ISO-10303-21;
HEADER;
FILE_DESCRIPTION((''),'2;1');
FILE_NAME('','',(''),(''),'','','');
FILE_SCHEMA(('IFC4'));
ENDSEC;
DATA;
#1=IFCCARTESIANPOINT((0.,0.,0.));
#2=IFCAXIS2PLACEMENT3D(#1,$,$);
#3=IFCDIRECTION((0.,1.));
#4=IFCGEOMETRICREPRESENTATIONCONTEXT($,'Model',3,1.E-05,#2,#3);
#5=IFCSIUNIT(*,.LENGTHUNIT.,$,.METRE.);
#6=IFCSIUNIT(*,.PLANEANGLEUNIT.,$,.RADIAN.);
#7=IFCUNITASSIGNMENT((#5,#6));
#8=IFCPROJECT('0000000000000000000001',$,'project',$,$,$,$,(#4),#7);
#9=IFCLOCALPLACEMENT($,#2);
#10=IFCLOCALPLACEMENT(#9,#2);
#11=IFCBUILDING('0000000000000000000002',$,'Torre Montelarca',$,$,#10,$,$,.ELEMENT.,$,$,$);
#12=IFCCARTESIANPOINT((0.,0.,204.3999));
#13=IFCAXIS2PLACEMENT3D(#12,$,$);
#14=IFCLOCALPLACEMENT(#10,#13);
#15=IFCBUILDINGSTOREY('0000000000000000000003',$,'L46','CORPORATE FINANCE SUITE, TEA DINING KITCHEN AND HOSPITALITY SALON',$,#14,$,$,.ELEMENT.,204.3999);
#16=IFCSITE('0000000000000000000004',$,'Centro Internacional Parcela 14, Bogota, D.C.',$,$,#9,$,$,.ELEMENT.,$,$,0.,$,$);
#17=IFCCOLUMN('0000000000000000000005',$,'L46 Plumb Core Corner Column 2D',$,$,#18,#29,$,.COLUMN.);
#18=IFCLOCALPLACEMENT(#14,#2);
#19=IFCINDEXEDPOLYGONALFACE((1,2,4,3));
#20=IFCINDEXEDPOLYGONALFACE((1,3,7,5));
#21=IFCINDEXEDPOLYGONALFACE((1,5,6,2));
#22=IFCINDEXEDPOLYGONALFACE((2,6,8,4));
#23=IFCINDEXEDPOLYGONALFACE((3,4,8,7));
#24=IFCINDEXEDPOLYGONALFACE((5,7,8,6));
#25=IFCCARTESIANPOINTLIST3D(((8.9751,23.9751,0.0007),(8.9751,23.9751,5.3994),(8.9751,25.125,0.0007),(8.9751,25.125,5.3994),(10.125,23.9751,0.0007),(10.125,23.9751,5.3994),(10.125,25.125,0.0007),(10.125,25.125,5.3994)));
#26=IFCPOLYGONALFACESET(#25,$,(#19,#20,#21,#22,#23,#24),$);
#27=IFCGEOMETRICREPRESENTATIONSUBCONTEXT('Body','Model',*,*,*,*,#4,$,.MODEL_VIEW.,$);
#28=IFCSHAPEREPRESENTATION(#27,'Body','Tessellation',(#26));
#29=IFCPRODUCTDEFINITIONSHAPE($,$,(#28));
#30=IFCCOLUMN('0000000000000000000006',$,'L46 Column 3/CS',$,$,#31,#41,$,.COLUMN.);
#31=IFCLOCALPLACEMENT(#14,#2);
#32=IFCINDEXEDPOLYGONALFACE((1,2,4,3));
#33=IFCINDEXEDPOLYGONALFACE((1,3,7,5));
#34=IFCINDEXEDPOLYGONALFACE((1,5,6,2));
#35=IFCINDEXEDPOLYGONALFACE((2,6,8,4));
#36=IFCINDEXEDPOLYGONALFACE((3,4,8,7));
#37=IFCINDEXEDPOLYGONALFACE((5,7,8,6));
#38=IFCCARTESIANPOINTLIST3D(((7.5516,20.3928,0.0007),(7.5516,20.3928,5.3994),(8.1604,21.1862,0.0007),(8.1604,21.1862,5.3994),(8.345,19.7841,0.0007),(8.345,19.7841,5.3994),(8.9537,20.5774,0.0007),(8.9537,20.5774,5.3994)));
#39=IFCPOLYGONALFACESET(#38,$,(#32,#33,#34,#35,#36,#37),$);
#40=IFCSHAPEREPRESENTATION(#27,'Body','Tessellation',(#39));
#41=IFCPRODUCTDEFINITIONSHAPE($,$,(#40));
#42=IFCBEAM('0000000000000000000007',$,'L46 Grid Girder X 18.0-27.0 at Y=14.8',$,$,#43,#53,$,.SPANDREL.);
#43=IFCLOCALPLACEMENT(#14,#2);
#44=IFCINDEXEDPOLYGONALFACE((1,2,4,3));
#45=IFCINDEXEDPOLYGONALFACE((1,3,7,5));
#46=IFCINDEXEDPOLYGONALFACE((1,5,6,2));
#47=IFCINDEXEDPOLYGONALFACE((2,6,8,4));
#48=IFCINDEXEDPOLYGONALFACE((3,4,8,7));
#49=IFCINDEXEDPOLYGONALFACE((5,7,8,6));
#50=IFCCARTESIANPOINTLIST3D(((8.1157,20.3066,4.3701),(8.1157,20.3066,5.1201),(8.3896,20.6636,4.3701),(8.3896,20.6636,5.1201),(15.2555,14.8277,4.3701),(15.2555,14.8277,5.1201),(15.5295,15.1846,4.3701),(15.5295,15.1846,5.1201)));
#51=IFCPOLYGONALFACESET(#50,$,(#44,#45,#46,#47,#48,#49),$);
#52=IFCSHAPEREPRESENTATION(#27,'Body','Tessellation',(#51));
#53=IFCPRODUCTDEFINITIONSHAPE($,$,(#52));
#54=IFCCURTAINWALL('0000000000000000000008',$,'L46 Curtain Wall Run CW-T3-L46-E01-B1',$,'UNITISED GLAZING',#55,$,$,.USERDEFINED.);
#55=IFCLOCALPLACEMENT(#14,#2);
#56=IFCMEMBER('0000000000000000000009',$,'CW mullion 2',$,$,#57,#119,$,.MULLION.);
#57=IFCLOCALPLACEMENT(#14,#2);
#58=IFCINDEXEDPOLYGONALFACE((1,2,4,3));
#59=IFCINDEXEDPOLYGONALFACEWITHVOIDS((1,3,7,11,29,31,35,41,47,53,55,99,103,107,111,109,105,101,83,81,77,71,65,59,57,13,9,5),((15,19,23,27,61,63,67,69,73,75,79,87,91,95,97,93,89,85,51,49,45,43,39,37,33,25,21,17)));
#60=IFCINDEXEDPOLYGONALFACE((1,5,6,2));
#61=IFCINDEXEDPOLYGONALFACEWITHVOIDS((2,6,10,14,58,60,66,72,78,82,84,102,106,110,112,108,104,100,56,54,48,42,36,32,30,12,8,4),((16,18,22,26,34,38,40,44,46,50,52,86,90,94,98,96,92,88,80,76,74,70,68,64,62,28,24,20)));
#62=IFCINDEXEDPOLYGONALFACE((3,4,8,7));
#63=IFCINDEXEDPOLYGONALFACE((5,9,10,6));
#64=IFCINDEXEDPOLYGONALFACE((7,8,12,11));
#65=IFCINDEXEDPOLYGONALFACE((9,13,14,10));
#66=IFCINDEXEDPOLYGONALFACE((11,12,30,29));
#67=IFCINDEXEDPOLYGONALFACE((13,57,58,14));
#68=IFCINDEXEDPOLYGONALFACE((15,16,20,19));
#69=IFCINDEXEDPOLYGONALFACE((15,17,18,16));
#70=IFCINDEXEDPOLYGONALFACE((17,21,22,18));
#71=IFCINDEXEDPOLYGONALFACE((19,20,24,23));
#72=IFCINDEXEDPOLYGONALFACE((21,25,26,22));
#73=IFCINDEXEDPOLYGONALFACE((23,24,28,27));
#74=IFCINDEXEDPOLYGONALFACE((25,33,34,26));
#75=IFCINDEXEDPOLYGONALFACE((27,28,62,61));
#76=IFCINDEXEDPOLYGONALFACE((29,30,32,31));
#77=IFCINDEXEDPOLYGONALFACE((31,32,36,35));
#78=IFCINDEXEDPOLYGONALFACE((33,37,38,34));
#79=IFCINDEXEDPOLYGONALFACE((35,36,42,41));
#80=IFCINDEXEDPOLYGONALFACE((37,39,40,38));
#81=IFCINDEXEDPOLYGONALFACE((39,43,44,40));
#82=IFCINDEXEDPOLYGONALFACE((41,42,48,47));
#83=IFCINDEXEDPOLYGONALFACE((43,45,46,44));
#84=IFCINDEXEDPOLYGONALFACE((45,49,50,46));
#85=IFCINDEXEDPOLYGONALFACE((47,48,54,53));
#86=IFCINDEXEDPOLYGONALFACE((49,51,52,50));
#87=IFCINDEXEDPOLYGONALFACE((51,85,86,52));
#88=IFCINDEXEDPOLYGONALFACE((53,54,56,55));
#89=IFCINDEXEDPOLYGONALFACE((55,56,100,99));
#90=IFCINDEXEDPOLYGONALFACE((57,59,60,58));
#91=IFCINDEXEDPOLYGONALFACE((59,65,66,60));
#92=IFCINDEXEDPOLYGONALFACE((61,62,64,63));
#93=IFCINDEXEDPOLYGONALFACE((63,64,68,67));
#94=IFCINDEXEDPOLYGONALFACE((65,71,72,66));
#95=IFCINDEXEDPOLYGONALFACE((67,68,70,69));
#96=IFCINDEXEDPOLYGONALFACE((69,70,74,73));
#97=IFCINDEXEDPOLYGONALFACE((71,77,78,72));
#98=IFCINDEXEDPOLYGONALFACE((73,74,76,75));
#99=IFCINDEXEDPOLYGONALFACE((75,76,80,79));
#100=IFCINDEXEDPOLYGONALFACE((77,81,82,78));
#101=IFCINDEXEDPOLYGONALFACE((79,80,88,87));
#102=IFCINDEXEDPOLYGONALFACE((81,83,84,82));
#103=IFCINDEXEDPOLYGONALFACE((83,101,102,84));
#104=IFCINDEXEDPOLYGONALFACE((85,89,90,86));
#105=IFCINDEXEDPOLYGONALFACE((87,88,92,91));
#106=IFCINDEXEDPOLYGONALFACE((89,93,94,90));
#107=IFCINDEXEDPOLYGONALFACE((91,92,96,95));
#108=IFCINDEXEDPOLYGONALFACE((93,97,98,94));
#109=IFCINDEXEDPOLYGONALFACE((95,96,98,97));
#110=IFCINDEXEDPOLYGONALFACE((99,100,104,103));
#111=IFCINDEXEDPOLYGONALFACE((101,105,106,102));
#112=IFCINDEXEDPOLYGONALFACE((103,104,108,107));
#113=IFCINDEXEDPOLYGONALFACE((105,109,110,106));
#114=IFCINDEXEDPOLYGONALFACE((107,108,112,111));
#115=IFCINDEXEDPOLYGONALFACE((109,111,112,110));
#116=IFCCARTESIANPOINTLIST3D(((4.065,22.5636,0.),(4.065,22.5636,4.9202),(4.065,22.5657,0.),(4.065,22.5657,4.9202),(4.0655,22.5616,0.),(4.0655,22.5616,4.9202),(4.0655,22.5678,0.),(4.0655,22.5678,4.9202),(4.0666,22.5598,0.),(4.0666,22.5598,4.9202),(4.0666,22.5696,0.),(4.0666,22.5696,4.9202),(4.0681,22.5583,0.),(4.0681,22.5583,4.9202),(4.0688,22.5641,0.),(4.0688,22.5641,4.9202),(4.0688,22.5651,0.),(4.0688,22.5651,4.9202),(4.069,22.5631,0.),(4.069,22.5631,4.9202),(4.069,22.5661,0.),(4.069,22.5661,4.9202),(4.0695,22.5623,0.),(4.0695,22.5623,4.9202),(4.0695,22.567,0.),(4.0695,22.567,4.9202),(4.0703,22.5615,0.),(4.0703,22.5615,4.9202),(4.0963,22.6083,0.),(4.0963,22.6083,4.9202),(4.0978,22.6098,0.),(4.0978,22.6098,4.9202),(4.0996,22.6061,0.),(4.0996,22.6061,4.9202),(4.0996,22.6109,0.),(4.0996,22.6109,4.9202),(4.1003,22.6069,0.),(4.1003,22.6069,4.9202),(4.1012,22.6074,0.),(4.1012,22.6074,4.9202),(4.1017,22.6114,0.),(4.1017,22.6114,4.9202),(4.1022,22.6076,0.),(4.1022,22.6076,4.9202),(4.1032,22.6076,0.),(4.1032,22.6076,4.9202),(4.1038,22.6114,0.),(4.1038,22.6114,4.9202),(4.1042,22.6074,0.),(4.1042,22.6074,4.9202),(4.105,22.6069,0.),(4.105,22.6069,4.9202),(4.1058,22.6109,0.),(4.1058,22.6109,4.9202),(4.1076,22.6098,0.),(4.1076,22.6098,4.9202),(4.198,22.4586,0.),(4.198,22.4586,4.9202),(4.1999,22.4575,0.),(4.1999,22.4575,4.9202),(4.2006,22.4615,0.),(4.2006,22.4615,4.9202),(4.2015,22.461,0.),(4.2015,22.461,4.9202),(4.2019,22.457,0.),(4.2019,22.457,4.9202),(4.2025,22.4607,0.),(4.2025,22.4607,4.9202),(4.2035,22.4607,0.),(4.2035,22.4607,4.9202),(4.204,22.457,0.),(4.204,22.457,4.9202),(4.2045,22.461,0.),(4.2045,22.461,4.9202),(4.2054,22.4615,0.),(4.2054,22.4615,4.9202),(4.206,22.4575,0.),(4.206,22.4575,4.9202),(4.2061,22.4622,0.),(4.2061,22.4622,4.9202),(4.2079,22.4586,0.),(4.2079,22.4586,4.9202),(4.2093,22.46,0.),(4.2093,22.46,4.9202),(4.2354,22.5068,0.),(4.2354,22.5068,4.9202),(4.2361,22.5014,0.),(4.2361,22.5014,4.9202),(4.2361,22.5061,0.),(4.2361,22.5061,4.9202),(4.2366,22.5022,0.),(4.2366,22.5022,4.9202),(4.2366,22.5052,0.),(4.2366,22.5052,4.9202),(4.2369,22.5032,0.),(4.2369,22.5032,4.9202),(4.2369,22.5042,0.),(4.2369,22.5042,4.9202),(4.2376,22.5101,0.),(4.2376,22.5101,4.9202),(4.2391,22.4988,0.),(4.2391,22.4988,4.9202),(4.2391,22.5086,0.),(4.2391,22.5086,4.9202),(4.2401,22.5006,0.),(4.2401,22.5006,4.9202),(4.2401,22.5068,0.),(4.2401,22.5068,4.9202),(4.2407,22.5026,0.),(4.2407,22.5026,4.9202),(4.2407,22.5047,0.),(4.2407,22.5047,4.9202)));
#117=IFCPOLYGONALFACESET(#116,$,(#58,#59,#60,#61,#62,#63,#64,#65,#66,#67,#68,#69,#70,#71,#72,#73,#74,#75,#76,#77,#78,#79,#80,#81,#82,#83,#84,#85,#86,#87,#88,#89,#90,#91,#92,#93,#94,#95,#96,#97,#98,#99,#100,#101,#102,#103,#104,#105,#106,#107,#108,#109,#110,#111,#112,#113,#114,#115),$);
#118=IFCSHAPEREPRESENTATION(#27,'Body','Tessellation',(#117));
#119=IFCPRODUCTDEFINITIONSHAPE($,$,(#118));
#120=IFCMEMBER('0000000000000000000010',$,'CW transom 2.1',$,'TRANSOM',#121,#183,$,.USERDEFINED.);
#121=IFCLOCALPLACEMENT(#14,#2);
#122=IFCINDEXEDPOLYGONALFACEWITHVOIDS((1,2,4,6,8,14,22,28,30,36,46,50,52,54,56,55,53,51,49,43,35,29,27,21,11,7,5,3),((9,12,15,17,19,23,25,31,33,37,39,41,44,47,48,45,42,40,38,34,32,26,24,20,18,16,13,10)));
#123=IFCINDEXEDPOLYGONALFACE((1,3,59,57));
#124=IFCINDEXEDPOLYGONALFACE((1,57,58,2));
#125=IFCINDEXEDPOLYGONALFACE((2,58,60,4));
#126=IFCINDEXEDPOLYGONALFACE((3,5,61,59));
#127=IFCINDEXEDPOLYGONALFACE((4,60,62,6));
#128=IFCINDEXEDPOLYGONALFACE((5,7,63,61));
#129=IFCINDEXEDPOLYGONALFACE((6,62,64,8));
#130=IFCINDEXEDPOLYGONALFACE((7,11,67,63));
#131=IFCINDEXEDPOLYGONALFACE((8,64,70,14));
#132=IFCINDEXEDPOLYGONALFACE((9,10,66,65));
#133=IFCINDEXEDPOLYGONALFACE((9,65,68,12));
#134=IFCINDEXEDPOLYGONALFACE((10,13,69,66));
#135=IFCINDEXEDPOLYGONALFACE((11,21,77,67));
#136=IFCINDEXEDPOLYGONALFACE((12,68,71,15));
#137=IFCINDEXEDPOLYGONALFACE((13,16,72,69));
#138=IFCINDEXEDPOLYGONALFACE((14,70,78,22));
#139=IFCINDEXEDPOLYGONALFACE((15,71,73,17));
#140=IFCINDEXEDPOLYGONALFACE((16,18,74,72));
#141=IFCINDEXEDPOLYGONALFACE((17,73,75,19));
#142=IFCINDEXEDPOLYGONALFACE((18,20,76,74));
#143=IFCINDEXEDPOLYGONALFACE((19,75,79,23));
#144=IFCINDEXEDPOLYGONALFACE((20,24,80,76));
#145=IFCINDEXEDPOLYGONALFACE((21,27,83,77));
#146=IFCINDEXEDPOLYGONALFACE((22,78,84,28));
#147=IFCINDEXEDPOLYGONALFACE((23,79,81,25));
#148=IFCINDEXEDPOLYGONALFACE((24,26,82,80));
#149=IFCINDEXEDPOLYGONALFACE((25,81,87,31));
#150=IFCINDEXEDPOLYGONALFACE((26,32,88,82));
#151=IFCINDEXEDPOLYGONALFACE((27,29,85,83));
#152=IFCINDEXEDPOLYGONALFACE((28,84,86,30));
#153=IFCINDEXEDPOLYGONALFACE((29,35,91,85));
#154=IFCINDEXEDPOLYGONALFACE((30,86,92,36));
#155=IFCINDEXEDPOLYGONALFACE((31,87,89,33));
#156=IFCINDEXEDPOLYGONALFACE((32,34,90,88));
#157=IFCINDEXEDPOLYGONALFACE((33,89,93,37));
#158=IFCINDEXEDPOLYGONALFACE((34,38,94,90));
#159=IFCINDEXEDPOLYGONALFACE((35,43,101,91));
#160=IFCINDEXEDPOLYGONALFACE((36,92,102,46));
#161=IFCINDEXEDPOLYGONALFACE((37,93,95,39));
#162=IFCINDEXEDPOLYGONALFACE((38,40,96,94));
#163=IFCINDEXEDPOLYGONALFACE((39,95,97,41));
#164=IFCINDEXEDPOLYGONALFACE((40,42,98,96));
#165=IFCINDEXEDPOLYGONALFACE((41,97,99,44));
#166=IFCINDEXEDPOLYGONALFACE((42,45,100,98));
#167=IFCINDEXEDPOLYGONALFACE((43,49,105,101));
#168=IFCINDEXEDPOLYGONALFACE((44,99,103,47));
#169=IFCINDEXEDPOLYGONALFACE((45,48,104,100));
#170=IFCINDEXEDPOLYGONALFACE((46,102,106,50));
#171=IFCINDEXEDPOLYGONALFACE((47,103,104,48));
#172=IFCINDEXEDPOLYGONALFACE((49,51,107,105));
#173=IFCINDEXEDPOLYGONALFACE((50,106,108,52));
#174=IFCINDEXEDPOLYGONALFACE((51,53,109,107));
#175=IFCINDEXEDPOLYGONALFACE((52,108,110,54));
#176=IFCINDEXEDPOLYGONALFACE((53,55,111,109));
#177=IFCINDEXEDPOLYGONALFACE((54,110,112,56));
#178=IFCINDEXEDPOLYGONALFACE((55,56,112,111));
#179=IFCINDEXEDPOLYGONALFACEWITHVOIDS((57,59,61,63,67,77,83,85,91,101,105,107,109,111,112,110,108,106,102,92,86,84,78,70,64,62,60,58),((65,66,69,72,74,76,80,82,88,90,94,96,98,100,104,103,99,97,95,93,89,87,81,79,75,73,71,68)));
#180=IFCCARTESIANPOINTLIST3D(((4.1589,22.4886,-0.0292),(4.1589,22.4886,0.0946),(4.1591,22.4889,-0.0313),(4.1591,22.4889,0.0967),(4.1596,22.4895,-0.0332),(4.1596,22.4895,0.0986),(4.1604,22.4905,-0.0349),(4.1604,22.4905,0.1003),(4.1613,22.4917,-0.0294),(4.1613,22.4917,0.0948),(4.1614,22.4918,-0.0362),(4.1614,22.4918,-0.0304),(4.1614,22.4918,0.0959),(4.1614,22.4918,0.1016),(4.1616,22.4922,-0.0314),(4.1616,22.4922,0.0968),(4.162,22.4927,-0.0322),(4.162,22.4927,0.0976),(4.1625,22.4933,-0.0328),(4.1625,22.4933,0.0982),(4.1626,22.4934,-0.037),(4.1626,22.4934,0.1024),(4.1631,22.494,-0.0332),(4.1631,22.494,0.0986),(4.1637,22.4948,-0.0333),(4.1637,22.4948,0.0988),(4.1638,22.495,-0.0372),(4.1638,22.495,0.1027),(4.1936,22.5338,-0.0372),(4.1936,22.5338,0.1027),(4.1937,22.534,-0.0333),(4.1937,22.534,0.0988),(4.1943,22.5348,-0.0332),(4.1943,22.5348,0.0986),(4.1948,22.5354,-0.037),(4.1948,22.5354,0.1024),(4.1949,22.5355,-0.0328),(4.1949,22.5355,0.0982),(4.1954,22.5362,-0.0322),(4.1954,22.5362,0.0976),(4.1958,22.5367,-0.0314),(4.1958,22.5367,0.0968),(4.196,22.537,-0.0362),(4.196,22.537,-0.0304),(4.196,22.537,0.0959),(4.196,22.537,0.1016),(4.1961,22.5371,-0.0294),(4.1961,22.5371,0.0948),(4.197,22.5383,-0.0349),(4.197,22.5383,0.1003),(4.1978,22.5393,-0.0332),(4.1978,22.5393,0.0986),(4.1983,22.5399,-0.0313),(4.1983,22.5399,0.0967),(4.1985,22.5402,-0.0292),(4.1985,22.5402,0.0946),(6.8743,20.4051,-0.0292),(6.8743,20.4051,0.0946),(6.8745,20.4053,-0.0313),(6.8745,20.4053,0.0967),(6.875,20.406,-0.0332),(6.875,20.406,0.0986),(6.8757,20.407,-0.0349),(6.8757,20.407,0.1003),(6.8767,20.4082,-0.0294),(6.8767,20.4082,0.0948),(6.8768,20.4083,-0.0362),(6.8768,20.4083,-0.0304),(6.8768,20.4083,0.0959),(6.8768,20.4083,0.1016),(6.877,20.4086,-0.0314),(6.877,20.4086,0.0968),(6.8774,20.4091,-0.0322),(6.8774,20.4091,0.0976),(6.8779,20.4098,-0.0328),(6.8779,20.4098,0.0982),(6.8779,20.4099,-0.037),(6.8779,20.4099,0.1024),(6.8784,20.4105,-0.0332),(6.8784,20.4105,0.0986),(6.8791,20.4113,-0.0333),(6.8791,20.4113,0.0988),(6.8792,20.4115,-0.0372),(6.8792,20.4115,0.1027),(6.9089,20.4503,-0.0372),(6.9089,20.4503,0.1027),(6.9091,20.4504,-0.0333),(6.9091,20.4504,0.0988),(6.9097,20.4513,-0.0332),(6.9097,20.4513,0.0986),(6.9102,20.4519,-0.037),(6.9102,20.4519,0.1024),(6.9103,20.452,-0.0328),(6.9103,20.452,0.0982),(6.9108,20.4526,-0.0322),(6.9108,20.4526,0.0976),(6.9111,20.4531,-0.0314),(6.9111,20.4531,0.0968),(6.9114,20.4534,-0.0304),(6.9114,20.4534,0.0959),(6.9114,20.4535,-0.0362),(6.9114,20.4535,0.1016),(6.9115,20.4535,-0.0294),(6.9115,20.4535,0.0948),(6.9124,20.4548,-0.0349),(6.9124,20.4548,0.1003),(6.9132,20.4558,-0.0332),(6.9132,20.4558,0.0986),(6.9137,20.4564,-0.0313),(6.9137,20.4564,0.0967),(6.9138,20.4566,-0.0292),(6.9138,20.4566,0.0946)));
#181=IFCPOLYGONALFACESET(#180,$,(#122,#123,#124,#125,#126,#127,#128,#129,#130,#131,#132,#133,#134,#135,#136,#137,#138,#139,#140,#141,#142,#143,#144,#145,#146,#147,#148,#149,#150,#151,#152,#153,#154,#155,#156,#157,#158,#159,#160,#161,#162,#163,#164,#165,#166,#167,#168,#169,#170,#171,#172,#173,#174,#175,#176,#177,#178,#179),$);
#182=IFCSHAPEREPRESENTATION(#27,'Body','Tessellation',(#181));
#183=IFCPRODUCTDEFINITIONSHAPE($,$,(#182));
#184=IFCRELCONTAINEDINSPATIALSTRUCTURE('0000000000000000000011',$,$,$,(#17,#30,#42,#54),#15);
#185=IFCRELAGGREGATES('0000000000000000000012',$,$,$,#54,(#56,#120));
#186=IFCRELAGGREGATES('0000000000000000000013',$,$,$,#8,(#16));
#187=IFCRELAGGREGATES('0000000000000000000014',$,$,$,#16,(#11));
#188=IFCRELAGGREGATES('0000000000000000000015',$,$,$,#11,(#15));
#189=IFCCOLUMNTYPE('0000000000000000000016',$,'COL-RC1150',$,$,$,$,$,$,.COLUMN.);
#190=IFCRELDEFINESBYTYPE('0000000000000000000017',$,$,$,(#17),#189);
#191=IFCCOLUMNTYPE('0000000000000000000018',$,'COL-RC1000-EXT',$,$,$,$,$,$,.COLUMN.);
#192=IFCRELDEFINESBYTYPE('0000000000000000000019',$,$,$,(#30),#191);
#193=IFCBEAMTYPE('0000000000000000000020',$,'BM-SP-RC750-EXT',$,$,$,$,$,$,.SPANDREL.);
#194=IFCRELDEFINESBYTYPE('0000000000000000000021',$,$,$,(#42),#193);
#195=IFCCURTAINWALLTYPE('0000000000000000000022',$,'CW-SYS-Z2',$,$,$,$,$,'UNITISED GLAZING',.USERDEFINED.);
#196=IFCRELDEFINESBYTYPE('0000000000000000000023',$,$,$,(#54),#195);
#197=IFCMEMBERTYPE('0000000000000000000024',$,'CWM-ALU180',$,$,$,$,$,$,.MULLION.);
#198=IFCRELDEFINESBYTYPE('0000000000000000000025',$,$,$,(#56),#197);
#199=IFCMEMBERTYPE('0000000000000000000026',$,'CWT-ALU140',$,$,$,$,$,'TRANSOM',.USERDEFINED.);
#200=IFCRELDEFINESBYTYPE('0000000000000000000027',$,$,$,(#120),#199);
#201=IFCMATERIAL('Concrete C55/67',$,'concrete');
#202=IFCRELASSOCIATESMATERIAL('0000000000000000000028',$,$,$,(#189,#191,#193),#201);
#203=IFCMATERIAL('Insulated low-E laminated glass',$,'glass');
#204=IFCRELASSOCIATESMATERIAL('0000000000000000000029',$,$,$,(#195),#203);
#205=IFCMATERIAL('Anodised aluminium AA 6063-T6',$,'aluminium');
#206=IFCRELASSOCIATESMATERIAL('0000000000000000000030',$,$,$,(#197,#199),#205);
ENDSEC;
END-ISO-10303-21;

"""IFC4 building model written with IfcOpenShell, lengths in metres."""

from ifc_helpers import new_model, si_unit, direction, frame, origin, origin_2d, place, context, subcontext, project, spatial, rectangle, hollow_rectangle, extrude, source, transform, mapped, material, material_profile, profile_set, type_object, element, aggregate, save


model = new_model("IFC4")

# Units and contexts
model_context = context("Model", 3, precision=1e-05, world=origin(), true_north=direction((0.0, 1.0)))
body_context = subcontext(model_context, "Body", "Model", "MODEL_VIEW")
ifc_project = project(units=[si_unit("LENGTHUNIT", "METRE"), si_unit("PLANEANGLEUNIT", "RADIAN")], contexts=[model_context])

# Site, building, storey
site_placement = place(None, origin())
site = spatial("IfcSite", under=ifc_project, at=site_placement, Name="Centro Internacional Parcela 14, Bogota, D.C.", CompositionType="ELEMENT", RefElevation=0.0)
building_placement = place(site_placement, origin())
building = spatial("IfcBuilding", under=site, at=building_placement, Name="Torre Montelarca", CompositionType="ELEMENT")
storey_placement = place(building_placement, frame((0.0, 0.0, 204.3999)))
storey = spatial("IfcBuildingStorey", under=building, at=storey_placement, Name="L46", Description="CORPORATE FINANCE SUITE, TEA DINING KITCHEN AND HOSPITALITY SALON", CompositionType="ELEMENT", Elevation=204.3999)

# Columns
ifc_material_1 = material(Name="Concrete C55/67", Category="concrete")
ifc_material_profile_1 = material_profile(ifc_material_1, rectangle(XDim=1.1499, YDim=1.1499, at=origin_2d()), Name="RC1150X1150", Category="concrete")
ifc_profile_set_1 = profile_set([ifc_material_profile_1], Name="Concrete C55/67")
column_type_1 = type_object("IfcColumnType", Name="COL-RC1150", PredefinedType="COLUMN", material=ifc_profile_set_1)
shared_shape_1 = source(origin(), body_context, "Body", "SweptSolid", [
    extrude(rectangle(XDim=1.1499, YDim=1.1499, at=origin_2d()), origin(), (0.0, 0.0, 1.0), 5.3987),
])
column_1_placement = place(storey_placement, frame((9.55, 24.55, 0.0007), z_axis=(0.0, 0.0, 1.0), x_axis=(1.0, 0.0, 0.0)))
element("IfcColumn", 1, at=column_1_placement, inside=storey, type_object=column_type_1, Name="L46 Plumb Core Corner Column 2D", PredefinedType="COLUMN", context=body_context, shape_type="MappedRepresentation", body=[
    mapped(shared_shape_1, transform((0.0, 0.0, 0.0), scale=1.0)),
])
ifc_material_profile_2 = material_profile(ifc_material_1, rectangle(XDim=1.0, YDim=1.0, at=origin_2d()), Name="RC1000X1000", Category="concrete")
ifc_profile_set_2 = profile_set([ifc_material_profile_2], Name="Concrete C55/67")
column_type_2 = type_object("IfcColumnType", Name="COL-RC1000-EXT", PredefinedType="COLUMN", material=ifc_profile_set_2)
shared_shape_2 = source(origin(), body_context, "Body", "SweptSolid", [
    extrude(rectangle(XDim=1.0, YDim=1.0, at=origin_2d()), origin(), (0.0, 0.0, 1.0), 5.3987),
])
column_2_placement = place(storey_placement, frame((8.2527, 20.4851, 0.0007), z_axis=(0.0, 0.0, 1.0), x_axis=(-0.793353, 0.608761, 0.0)))
element("IfcColumn", 2, at=column_2_placement, inside=storey, type_object=column_type_2, Name="L46 Column 3/CS", PredefinedType="COLUMN", context=body_context, shape_type="MappedRepresentation", body=[
    mapped(shared_shape_2, transform((0.0, 0.0, 0.0), scale=1.0)),
])

# Beam
ifc_material_profile_3 = material_profile(ifc_material_1, rectangle(XDim=0.45, YDim=0.75, at=origin_2d()), Name="RCB450X750", Category="concrete")
ifc_profile_set_3 = profile_set([ifc_material_profile_3], Name="Concrete C55/67")
beam_type = type_object("IfcBeamType", Name="BM-SP-RC750-EXT", PredefinedType="SPANDREL", material=ifc_profile_set_3)
shared_shape_3 = source(origin(), body_context, "Body", "SweptSolid", [
    extrude(rectangle(XDim=0.45, YDim=0.75, at=origin_2d()), origin(), (0.0, 0.0, 1.0), 8.9998),
])
beam_placement = place(storey_placement, frame((8.2527, 20.4851, 4.7451), z_axis=(0.793333, -0.608787, 0.0), x_axis=(0.608787, 0.793333, 0.0)))
element("IfcBeam", 3, at=beam_placement, inside=storey, type_object=beam_type, Name="L46 Grid Girder X 18.0-27.0 at Y=14.8", PredefinedType="SPANDREL", context=body_context, shape_type="MappedRepresentation", body=[
    mapped(shared_shape_3, transform((0.0, 0.0, 0.0), scale=1.0)),
])

# Curtain wall, members
ifc_material_2 = material(Name="Insulated low-E laminated glass", Category="glass")
curtain_wall_type = type_object("IfcCurtainWallType", Name="CW-SYS-Z2", ElementType="UNITISED GLAZING", PredefinedType="USERDEFINED", material=ifc_material_2)
curtain_wall_placement = place(storey_placement, origin())
curtain_wall = element("IfcCurtainWall", 4, at=curtain_wall_placement, inside=storey, type_object=curtain_wall_type, Name="L46 Curtain Wall Run CW-T3-L46-E01-B1", ObjectType="UNITISED GLAZING", PredefinedType="USERDEFINED")
ifc_material_3 = material(Name="Anodised aluminium AA 6063-T6", Category="aluminium")
ifc_material_profile_4 = material_profile(ifc_material_3, hollow_rectangle(XDim=0.0649, YDim=0.1799, WallThickness=0.0039, InnerFilletRadius=0.0039, OuterFilletRadius=0.0081, at=origin_2d()), Name="ALU65X180X4", Category="aluminium")
ifc_profile_set_4 = profile_set([ifc_material_profile_4], Name="Anodised aluminium AA 6063-T6")
member_type_1 = type_object("IfcMemberType", Name="CWM-ALU180", PredefinedType="MULLION", material=ifc_profile_set_4)
shared_shape_4 = source(origin(), body_context, "Body", "SweptSolid", [
    extrude(hollow_rectangle(XDim=0.0649, YDim=0.1799, WallThickness=0.0039, InnerFilletRadius=0.0039, OuterFilletRadius=0.0081, at=origin_2d()), origin(), (0.0, 0.0, 1.0), 4.9202),
])
member_1_placement = place(storey_placement, frame((4.1528, 22.5342, 0.0), z_axis=(0.0, 0.0, 1.0), x_axis=(0.608764, 0.793352, 0.0)))
member_1 = element("IfcMember", 5, at=member_1_placement, type_object=member_type_1, Name="CW mullion 2", PredefinedType="MULLION", context=body_context, shape_type="MappedRepresentation", body=[
    mapped(shared_shape_4, transform((0.0, 0.0, 0.0), scale=1.0)),
])
ifc_material_profile_5 = material_profile(ifc_material_3, hollow_rectangle(XDim=0.0649, YDim=0.1399, WallThickness=0.0039, InnerFilletRadius=0.0039, OuterFilletRadius=0.0081, at=origin_2d()), Name="ALU65X140X4", Category="aluminium")
ifc_profile_set_5 = profile_set([ifc_material_profile_5], Name="Anodised aluminium AA 6063-T6")
member_type_2 = type_object("IfcMemberType", Name="CWT-ALU140", ElementType="TRANSOM", PredefinedType="USERDEFINED", material=ifc_profile_set_5)
shared_shape_5 = source(origin(), body_context, "Body", "SweptSolid", [
    extrude(hollow_rectangle(XDim=0.0649, YDim=0.1399, WallThickness=0.0039, InnerFilletRadius=0.0039, OuterFilletRadius=0.0081, at=origin_2d()), origin(), (0.0, 0.0, 1.0), 3.4226),
])
member_2_placement = place(storey_placement, frame((4.1787, 22.5144, 0.0327), z_axis=(0.793361, -0.608752, 0.0), x_axis=(0.608752, 0.793361, 0.0)))
member_2 = element("IfcMember", 6, at=member_2_placement, type_object=member_type_2, Name="CW transom 2.1", ObjectType="TRANSOM", PredefinedType="USERDEFINED", context=body_context, shape_type="MappedRepresentation", body=[
    mapped(shared_shape_5, transform((0.0, 0.0, 0.0), scale=1.0)),
])
aggregate(curtain_wall, [member_1, member_2])

save(model, "model.ifc")
